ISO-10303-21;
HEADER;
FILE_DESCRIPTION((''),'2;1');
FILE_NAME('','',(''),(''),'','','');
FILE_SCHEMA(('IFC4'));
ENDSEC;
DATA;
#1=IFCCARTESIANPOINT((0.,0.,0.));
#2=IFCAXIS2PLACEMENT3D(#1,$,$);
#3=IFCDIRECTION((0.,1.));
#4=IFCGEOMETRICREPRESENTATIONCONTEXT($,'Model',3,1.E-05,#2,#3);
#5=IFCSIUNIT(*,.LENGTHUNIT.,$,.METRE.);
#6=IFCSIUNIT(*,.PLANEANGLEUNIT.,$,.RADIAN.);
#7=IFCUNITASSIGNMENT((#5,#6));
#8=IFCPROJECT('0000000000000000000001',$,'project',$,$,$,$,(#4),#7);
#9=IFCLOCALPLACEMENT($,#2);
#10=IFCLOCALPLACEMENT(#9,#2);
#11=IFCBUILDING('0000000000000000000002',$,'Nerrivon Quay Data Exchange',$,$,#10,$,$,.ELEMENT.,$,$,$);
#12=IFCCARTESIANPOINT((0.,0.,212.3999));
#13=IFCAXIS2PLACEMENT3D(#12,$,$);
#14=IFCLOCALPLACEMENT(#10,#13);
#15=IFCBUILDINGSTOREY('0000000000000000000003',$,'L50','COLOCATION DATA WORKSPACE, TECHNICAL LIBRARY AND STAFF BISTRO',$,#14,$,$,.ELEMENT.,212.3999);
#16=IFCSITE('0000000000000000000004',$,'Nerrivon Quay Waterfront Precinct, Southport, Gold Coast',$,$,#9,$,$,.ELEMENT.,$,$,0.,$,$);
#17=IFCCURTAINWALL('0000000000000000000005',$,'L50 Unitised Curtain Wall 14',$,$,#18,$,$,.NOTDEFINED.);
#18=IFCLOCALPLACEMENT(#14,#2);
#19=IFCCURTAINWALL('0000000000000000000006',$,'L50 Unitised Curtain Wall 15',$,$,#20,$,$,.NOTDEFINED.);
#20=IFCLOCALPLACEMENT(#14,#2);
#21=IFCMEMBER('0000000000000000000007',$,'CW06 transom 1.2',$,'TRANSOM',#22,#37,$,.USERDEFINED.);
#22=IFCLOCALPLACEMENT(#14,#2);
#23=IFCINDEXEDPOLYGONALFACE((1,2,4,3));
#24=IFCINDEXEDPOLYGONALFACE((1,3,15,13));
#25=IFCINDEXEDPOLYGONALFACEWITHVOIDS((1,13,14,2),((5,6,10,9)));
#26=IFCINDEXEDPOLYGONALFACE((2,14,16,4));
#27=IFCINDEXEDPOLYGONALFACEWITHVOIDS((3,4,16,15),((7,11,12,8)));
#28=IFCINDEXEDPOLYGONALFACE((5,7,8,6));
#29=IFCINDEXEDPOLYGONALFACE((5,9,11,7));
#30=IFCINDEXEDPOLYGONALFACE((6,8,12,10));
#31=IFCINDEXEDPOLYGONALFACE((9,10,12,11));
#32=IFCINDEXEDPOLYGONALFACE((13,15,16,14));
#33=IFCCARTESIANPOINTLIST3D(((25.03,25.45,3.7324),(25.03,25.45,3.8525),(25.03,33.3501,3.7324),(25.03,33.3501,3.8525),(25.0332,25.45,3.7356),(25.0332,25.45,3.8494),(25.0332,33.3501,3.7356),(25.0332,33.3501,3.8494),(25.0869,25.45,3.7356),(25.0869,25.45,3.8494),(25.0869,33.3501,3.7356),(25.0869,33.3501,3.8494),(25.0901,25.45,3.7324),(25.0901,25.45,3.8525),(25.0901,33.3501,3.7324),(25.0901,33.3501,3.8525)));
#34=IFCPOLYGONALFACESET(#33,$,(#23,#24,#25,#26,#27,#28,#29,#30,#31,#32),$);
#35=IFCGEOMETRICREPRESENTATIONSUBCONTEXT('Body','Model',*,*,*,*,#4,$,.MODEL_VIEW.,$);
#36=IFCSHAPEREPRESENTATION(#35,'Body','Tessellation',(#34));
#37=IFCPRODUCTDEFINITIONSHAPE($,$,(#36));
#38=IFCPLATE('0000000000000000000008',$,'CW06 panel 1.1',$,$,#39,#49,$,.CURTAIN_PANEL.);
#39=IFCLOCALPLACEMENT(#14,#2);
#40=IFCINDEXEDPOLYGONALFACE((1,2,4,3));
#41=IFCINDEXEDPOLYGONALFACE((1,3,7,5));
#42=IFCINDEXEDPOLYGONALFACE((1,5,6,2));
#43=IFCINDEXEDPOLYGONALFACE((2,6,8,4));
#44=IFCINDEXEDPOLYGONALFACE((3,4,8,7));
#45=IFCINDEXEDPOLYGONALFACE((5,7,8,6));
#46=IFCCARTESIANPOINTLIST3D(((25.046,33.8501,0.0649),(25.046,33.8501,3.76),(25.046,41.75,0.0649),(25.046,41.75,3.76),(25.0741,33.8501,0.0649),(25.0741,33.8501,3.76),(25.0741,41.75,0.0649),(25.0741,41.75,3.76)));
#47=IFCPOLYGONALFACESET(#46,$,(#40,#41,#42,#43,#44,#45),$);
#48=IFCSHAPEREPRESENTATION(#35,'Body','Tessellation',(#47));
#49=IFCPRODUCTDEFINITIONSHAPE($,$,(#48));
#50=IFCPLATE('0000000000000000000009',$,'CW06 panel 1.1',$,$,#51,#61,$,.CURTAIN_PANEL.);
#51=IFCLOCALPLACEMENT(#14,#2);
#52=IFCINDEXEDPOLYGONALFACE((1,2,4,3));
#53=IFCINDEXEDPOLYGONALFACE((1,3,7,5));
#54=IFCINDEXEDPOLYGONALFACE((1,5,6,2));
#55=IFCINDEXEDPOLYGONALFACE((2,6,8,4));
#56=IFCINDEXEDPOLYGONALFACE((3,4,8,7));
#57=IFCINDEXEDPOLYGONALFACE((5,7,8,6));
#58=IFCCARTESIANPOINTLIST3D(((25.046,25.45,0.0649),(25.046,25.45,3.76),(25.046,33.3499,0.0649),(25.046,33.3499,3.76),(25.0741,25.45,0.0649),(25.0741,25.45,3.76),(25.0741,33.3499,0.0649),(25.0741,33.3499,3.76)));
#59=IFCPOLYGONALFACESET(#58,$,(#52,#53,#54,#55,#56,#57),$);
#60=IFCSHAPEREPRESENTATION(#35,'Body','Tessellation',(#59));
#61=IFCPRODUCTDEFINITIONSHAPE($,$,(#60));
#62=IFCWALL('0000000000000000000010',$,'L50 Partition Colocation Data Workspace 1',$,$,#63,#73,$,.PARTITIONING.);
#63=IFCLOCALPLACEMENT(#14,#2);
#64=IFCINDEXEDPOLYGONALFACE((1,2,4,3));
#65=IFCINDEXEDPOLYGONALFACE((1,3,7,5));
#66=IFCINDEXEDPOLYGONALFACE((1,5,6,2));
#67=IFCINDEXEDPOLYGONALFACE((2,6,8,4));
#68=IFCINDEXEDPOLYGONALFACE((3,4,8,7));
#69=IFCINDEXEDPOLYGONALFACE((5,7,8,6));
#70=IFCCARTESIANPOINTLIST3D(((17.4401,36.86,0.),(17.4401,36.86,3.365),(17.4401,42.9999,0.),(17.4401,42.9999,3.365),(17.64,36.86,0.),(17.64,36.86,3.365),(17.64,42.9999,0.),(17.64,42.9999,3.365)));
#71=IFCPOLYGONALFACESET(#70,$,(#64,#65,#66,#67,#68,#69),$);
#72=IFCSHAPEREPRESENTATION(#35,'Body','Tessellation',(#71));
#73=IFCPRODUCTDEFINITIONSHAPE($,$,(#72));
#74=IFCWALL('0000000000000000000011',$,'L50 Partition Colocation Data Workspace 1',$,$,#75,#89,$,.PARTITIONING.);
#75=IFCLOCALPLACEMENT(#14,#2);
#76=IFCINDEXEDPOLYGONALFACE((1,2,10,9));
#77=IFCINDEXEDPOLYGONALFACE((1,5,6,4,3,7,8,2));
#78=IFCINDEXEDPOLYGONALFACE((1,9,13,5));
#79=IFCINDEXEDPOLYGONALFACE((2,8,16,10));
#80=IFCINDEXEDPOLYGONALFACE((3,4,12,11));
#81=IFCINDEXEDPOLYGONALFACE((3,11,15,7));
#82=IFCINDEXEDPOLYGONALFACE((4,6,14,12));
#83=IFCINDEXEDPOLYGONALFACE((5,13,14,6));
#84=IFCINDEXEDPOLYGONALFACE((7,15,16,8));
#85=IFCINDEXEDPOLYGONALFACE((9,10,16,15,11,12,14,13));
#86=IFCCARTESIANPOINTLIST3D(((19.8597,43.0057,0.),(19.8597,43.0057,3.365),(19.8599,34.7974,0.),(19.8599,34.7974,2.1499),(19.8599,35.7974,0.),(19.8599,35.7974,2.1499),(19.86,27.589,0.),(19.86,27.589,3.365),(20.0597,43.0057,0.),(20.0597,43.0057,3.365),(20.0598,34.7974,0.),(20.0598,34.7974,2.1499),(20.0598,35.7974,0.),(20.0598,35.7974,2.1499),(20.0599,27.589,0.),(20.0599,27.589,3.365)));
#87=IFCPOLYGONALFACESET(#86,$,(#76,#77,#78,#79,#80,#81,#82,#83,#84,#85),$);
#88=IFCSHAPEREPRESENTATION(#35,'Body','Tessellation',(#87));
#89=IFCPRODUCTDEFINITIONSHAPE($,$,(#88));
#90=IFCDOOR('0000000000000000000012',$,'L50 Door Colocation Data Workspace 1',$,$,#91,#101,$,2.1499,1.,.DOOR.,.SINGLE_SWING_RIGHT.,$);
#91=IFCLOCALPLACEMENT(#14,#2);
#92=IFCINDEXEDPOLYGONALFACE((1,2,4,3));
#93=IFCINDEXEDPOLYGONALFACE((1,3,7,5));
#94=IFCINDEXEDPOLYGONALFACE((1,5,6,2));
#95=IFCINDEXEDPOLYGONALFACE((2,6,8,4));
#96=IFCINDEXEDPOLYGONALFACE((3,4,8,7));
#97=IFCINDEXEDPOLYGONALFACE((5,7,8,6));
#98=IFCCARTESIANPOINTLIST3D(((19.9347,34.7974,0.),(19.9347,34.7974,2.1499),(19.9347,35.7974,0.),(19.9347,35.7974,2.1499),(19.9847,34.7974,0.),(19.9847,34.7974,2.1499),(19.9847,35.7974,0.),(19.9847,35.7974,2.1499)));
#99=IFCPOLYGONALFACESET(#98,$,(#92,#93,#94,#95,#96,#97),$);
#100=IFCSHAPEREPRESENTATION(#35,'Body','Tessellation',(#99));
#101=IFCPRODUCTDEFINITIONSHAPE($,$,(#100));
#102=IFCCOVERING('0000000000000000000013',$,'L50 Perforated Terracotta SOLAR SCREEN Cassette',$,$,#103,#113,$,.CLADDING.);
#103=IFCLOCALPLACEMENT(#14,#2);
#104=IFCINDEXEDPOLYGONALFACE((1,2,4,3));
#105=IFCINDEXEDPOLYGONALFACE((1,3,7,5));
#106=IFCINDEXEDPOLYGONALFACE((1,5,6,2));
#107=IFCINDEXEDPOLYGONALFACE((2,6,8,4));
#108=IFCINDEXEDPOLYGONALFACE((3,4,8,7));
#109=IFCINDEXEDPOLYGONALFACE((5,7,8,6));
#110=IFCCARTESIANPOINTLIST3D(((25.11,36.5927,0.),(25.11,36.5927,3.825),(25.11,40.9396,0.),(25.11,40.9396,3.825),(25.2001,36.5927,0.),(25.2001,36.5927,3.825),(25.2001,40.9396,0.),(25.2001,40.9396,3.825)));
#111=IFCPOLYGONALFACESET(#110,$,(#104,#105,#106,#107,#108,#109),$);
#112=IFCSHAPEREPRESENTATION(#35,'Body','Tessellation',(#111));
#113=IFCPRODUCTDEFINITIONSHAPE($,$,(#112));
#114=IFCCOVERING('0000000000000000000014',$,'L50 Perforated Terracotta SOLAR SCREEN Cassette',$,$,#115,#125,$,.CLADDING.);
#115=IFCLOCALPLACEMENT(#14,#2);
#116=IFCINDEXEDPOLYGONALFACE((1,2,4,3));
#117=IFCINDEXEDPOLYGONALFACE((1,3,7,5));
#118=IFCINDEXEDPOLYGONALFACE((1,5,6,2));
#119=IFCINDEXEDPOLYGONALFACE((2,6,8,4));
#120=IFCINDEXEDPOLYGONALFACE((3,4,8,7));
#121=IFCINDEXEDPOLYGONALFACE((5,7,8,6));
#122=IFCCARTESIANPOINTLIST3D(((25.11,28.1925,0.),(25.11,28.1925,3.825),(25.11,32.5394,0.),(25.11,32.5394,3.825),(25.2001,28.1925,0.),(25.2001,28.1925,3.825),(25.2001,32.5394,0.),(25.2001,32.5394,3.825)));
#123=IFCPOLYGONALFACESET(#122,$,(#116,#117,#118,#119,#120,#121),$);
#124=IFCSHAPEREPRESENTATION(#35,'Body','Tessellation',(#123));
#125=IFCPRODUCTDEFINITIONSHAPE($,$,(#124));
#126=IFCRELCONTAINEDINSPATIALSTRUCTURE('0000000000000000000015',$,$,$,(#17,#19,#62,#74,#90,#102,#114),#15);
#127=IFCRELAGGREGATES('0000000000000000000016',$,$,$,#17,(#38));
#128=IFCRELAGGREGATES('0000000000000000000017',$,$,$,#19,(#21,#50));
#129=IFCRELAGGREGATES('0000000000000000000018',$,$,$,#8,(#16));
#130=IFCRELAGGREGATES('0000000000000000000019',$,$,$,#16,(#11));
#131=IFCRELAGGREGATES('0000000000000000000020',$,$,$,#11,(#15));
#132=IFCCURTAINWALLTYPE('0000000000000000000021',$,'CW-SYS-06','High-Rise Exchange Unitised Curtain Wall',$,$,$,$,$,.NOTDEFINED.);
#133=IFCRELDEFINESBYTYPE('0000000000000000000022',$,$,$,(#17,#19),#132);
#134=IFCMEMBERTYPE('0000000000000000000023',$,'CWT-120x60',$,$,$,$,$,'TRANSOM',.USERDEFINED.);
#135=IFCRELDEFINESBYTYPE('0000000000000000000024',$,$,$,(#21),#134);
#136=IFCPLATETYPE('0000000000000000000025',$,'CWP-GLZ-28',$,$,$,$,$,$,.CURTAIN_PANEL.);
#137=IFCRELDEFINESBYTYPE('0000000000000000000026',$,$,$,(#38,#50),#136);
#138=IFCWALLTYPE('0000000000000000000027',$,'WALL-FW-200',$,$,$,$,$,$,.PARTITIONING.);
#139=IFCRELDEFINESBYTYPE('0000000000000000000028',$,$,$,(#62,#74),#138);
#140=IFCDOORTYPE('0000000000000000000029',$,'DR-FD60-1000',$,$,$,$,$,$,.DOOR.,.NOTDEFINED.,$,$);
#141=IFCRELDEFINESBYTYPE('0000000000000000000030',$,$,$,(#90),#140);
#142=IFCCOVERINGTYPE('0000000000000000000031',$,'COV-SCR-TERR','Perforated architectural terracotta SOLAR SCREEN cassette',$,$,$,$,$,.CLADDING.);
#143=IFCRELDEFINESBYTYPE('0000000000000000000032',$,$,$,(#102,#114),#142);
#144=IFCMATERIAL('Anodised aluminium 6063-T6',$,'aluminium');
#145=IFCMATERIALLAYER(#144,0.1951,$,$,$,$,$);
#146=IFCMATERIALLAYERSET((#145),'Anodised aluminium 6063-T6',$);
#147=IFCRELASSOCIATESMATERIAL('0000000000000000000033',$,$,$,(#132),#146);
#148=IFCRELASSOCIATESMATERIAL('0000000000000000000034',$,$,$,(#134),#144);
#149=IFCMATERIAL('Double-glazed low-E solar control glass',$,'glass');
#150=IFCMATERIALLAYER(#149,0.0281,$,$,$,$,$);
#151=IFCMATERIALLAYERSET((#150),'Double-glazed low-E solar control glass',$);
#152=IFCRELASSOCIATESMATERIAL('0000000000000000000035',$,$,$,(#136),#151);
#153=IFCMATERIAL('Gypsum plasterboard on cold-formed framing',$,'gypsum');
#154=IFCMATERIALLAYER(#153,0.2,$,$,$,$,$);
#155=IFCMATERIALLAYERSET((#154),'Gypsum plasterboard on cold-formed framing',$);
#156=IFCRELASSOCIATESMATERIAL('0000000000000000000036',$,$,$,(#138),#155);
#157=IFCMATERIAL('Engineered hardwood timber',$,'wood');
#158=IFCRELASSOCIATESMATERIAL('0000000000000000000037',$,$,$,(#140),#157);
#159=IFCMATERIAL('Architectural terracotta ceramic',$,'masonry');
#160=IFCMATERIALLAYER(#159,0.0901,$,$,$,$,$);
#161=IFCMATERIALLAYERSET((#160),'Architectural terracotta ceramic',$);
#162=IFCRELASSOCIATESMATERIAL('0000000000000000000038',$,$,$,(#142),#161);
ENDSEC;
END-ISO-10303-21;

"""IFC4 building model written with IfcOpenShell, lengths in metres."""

from ifc_helpers import new_model, si_unit, direction, frame, frame_2d, origin, origin_2d, place, context, subcontext, project, spatial, rectangle, hollow_rectangle, extrude, material, layer, layer_set, material_profile, profile_set, type_object, element, fill, aggregate, save


model = new_model("IFC4")

# Units and contexts
model_context = context("Model", 3, precision=1e-05, world=origin(), true_north=direction((0.0, 1.0)))
body_context = subcontext(model_context, "Body", "Model", "MODEL_VIEW")
ifc_project = project(units=[si_unit("LENGTHUNIT", "METRE"), si_unit("PLANEANGLEUNIT", "RADIAN")], contexts=[model_context])

# Site, building, storey
site_placement = place(None, origin())
site = spatial("IfcSite", under=ifc_project, at=site_placement, Name="Nerrivon Quay Waterfront Precinct, Southport, Gold Coast", CompositionType="ELEMENT", RefElevation=0.0)
building_placement = place(site_placement, origin())
building = spatial("IfcBuilding", under=site, at=building_placement, Name="Nerrivon Quay Data Exchange", CompositionType="ELEMENT")
storey_placement = place(building_placement, frame((0.0, 0.0, 212.3999)))
storey = spatial("IfcBuildingStorey", under=building, at=storey_placement, Name="L50", Description="COLOCATION DATA WORKSPACE, TECHNICAL LIBRARY AND STAFF BISTRO", CompositionType="ELEMENT", Elevation=212.3999)

# Shared definitions
ifc_material_1 = material(Name="Anodised aluminium 6063-T6", Category="aluminium")
ifc_layer_1 = layer(ifc_material_1, 0.1951)
ifc_layer_set_1 = layer_set([ifc_layer_1], Name="Anodised aluminium 6063-T6")
curtain_wall_type = type_object("IfcCurtainWallType", Name="CW-SYS-06", Description="High-Rise Exchange Unitised Curtain Wall", PredefinedType="NOTDEFINED", material=ifc_layer_set_1)

# Curtain wall
curtain_wall_1_placement = place(storey_placement, origin())
curtain_wall_1 = element("IfcCurtainWall", 1, at=curtain_wall_1_placement, inside=storey, type_object=curtain_wall_type, Name="L50 Unitised Curtain Wall 14", PredefinedType="NOTDEFINED")

# Curtain wall
curtain_wall_2_placement = place(storey_placement, origin())
curtain_wall_2 = element("IfcCurtainWall", 2, at=curtain_wall_2_placement, inside=storey, type_object=curtain_wall_type, Name="L50 Unitised Curtain Wall 15", PredefinedType="NOTDEFINED")

# Member
ifc_material_profile_1 = material_profile(ifc_material_1, hollow_rectangle(XDim=0.0601, YDim=0.1201, WallThickness=0.0032, at=origin_2d()), Name="ALU-TRAN-120x60")
ifc_profile_set_1 = profile_set([ifc_material_profile_1], Name="Anodised aluminium 6063-T6")
member_type_1 = type_object("IfcMemberType", Name="CWT-120x60", ElementType="TRANSOM", PredefinedType="USERDEFINED", material=ifc_profile_set_1)
member_1_placement = place(storey_placement, frame((25.0601, 33.3501, 3.7925), z_axis=(0.0, -1.0, 0.0), x_axis=(1.0, 0.0, 0.0)))
member_1 = element("IfcMember", 3, at=member_1_placement, type_object=member_type_1, Name="CW06 transom 1.2", ObjectType="TRANSOM", PredefinedType="USERDEFINED", context=body_context, shape_type="SweptSolid", body=[
    extrude(hollow_rectangle(XDim=0.0601, YDim=0.1201, WallThickness=0.0032, at=origin_2d()), origin(), (0.0, 0.0, 1.0), 7.9001),
])

# Plates
ifc_material_2 = material(Name="Double-glazed low-E solar control glass", Category="glass")
ifc_layer_2 = layer(ifc_material_2, 0.0281)
ifc_layer_set_2 = layer_set([ifc_layer_2], Name="Double-glazed low-E solar control glass")
plate_type = type_object("IfcPlateType", Name="CWP-GLZ-28", PredefinedType="CURTAIN_PANEL", material=ifc_layer_set_2)
plate_1_placement = place(storey_placement, frame((25.0601, 37.8, 0.0649), z_axis=(0.0, 0.0, 1.0), x_axis=(0.0, -1.0, 0.0)))
plate_1 = element("IfcPlate", 4, at=plate_1_placement, type_object=plate_type, Name="CW06 panel 1.1", PredefinedType="CURTAIN_PANEL", context=body_context, shape_type="SweptSolid", body=[
    extrude(rectangle(XDim=7.8999, YDim=0.0281, at=origin_2d()), origin(), (0.0, 0.0, 1.0), 3.6951),
])
aggregate(curtain_wall_1, [plate_1])
plate_2_placement = place(storey_placement, frame((25.0601, 29.3999, 0.0649), z_axis=(0.0, 0.0, 1.0), x_axis=(0.0, -1.0, 0.0)))
plate_2 = element("IfcPlate", 5, at=plate_2_placement, type_object=plate_type, Name="CW06 panel 1.1", PredefinedType="CURTAIN_PANEL", context=body_context, shape_type="SweptSolid", body=[
    extrude(rectangle(XDim=7.8999, YDim=0.0281, at=origin_2d()), origin(), (0.0, 0.0, 1.0), 3.6951),
])
aggregate(curtain_wall_2, [member_1, plate_2])

# Wall
ifc_material_3 = material(Name="Gypsum plasterboard on cold-formed framing", Category="gypsum")
ifc_layer_3 = layer(ifc_material_3, 0.2)
ifc_layer_set_3 = layer_set([ifc_layer_3], Name="Gypsum plasterboard on cold-formed framing")
wall_type_1 = type_object("IfcWallType", Name="WALL-FW-200", PredefinedType="PARTITIONING", material=ifc_layer_set_3)
wall_1_placement = place(storey_placement, frame((17.54, 36.8601, 0.0), z_axis=(0.0, 0.0, 1.0), x_axis=(0.0, 1.0, 0.0)))
element("IfcWall", 6, at=wall_1_placement, inside=storey, type_object=wall_type_1, Name="L50 Partition Colocation Data Workspace 1", PredefinedType="PARTITIONING", context=body_context, shape_type="SweptSolid", body=[
    extrude(rectangle(XDim=6.1399, YDim=0.2, at=frame_2d((3.0698, 0.0))), origin(), (0.0, 0.0, 1.0), 3.365),
])

# Wall, opening, door
wall_2_placement = place(storey_placement, frame((19.9597, 43.0059, 0.0), z_axis=(0.0, 0.0, 1.0), x_axis=(0.000016, -1.0, 0.0)))
wall_2 = element("IfcWall", 7, at=wall_2_placement, inside=storey, type_object=wall_type_1, Name="L50 Partition Colocation Data Workspace 1", PredefinedType="PARTITIONING", context=body_context, shape_type="SweptSolid", body=[
    extrude(rectangle(XDim=15.4167, YDim=0.2, at=frame_2d((7.7085, 0.0))), origin(), (0.0, 0.0, 1.0), 3.365),
])
opening_1_placement = place(wall_2_placement, frame((7.2085, 0.0, 0.0)))
opening_1 = element("IfcOpeningElement", 8, at=opening_1_placement, cuts=wall_2, PredefinedType="OPENING", context=body_context, shape_type="SweptSolid", body=[
    extrude(rectangle(XDim=1.0, YDim=2.1499, at=frame_2d((0.5, 1.075))), frame((0.0, 0.1099, 0.0), z_axis=(0.0, -1.0, 0.0), x_axis=(1.0, 0.0, 0.0)), (0.0, 0.0, 1.0), 0.22),
])
ifc_material_4 = material(Name="Engineered hardwood timber", Category="wood")
door_type_1 = type_object("IfcDoorType", Name="DR-FD60-1000", OperationType="NOTDEFINED", PredefinedType="DOOR", material=ifc_material_4)
door_1_placement = place(opening_1_placement, origin())
door_1 = element("IfcDoor", 9, at=door_1_placement, inside=storey, type_object=door_type_1, Name="L50 Door Colocation Data Workspace 1", OperationType="SINGLE_SWING_RIGHT", OverallHeight=2.1499, OverallWidth=1.0, PredefinedType="DOOR", context=body_context, shape_type="SweptSolid", body=[
    extrude(rectangle(XDim=1.0, YDim=2.1499, at=frame_2d((0.5, 1.075))), frame((0.0, 0.0249, 0.0), z_axis=(0.0, -1.0, 0.0), x_axis=(1.0, 0.0, 0.0)), (0.0, 0.0, 1.0), 0.05),
])
fill(opening_1, door_1)

# Coverings
ifc_material_5 = material(Name="Architectural terracotta ceramic", Category="masonry")
ifc_layer_4 = layer(ifc_material_5, 0.0901)
ifc_layer_set_4 = layer_set([ifc_layer_4], Name="Architectural terracotta ceramic")
covering_type = type_object("IfcCoveringType", Name="COV-SCR-TERR", Description="Perforated architectural terracotta SOLAR SCREEN cassette", PredefinedType="CLADDING", material=ifc_layer_set_4)
for number, where, z_axis, x_axis, name in (
    (10, (25.155, 38.7661, 0.0), (0.0, 0.0, 1.0), (0.0, -1.0, 0.0), "L50 Perforated Terracotta SOLAR SCREEN Cassette"),
    (11, (25.155, 30.366, 0.0), (0.0, 0.0, 1.0), (0.0, -1.0, 0.0), "L50 Perforated Terracotta SOLAR SCREEN Cassette"),
):
    element("IfcCovering", number, at=place(storey_placement, frame(where, z_axis=z_axis, x_axis=x_axis)), inside=storey, type_object=covering_type, Name=name, PredefinedType="CLADDING", context=body_context, shape_type="SweptSolid", body=[
        extrude(rectangle(XDim=4.3469, YDim=0.0901, at=origin_2d()), origin(), (0.0, 0.0, 1.0), 3.825),
    ])

save(model, "model.ifc")
